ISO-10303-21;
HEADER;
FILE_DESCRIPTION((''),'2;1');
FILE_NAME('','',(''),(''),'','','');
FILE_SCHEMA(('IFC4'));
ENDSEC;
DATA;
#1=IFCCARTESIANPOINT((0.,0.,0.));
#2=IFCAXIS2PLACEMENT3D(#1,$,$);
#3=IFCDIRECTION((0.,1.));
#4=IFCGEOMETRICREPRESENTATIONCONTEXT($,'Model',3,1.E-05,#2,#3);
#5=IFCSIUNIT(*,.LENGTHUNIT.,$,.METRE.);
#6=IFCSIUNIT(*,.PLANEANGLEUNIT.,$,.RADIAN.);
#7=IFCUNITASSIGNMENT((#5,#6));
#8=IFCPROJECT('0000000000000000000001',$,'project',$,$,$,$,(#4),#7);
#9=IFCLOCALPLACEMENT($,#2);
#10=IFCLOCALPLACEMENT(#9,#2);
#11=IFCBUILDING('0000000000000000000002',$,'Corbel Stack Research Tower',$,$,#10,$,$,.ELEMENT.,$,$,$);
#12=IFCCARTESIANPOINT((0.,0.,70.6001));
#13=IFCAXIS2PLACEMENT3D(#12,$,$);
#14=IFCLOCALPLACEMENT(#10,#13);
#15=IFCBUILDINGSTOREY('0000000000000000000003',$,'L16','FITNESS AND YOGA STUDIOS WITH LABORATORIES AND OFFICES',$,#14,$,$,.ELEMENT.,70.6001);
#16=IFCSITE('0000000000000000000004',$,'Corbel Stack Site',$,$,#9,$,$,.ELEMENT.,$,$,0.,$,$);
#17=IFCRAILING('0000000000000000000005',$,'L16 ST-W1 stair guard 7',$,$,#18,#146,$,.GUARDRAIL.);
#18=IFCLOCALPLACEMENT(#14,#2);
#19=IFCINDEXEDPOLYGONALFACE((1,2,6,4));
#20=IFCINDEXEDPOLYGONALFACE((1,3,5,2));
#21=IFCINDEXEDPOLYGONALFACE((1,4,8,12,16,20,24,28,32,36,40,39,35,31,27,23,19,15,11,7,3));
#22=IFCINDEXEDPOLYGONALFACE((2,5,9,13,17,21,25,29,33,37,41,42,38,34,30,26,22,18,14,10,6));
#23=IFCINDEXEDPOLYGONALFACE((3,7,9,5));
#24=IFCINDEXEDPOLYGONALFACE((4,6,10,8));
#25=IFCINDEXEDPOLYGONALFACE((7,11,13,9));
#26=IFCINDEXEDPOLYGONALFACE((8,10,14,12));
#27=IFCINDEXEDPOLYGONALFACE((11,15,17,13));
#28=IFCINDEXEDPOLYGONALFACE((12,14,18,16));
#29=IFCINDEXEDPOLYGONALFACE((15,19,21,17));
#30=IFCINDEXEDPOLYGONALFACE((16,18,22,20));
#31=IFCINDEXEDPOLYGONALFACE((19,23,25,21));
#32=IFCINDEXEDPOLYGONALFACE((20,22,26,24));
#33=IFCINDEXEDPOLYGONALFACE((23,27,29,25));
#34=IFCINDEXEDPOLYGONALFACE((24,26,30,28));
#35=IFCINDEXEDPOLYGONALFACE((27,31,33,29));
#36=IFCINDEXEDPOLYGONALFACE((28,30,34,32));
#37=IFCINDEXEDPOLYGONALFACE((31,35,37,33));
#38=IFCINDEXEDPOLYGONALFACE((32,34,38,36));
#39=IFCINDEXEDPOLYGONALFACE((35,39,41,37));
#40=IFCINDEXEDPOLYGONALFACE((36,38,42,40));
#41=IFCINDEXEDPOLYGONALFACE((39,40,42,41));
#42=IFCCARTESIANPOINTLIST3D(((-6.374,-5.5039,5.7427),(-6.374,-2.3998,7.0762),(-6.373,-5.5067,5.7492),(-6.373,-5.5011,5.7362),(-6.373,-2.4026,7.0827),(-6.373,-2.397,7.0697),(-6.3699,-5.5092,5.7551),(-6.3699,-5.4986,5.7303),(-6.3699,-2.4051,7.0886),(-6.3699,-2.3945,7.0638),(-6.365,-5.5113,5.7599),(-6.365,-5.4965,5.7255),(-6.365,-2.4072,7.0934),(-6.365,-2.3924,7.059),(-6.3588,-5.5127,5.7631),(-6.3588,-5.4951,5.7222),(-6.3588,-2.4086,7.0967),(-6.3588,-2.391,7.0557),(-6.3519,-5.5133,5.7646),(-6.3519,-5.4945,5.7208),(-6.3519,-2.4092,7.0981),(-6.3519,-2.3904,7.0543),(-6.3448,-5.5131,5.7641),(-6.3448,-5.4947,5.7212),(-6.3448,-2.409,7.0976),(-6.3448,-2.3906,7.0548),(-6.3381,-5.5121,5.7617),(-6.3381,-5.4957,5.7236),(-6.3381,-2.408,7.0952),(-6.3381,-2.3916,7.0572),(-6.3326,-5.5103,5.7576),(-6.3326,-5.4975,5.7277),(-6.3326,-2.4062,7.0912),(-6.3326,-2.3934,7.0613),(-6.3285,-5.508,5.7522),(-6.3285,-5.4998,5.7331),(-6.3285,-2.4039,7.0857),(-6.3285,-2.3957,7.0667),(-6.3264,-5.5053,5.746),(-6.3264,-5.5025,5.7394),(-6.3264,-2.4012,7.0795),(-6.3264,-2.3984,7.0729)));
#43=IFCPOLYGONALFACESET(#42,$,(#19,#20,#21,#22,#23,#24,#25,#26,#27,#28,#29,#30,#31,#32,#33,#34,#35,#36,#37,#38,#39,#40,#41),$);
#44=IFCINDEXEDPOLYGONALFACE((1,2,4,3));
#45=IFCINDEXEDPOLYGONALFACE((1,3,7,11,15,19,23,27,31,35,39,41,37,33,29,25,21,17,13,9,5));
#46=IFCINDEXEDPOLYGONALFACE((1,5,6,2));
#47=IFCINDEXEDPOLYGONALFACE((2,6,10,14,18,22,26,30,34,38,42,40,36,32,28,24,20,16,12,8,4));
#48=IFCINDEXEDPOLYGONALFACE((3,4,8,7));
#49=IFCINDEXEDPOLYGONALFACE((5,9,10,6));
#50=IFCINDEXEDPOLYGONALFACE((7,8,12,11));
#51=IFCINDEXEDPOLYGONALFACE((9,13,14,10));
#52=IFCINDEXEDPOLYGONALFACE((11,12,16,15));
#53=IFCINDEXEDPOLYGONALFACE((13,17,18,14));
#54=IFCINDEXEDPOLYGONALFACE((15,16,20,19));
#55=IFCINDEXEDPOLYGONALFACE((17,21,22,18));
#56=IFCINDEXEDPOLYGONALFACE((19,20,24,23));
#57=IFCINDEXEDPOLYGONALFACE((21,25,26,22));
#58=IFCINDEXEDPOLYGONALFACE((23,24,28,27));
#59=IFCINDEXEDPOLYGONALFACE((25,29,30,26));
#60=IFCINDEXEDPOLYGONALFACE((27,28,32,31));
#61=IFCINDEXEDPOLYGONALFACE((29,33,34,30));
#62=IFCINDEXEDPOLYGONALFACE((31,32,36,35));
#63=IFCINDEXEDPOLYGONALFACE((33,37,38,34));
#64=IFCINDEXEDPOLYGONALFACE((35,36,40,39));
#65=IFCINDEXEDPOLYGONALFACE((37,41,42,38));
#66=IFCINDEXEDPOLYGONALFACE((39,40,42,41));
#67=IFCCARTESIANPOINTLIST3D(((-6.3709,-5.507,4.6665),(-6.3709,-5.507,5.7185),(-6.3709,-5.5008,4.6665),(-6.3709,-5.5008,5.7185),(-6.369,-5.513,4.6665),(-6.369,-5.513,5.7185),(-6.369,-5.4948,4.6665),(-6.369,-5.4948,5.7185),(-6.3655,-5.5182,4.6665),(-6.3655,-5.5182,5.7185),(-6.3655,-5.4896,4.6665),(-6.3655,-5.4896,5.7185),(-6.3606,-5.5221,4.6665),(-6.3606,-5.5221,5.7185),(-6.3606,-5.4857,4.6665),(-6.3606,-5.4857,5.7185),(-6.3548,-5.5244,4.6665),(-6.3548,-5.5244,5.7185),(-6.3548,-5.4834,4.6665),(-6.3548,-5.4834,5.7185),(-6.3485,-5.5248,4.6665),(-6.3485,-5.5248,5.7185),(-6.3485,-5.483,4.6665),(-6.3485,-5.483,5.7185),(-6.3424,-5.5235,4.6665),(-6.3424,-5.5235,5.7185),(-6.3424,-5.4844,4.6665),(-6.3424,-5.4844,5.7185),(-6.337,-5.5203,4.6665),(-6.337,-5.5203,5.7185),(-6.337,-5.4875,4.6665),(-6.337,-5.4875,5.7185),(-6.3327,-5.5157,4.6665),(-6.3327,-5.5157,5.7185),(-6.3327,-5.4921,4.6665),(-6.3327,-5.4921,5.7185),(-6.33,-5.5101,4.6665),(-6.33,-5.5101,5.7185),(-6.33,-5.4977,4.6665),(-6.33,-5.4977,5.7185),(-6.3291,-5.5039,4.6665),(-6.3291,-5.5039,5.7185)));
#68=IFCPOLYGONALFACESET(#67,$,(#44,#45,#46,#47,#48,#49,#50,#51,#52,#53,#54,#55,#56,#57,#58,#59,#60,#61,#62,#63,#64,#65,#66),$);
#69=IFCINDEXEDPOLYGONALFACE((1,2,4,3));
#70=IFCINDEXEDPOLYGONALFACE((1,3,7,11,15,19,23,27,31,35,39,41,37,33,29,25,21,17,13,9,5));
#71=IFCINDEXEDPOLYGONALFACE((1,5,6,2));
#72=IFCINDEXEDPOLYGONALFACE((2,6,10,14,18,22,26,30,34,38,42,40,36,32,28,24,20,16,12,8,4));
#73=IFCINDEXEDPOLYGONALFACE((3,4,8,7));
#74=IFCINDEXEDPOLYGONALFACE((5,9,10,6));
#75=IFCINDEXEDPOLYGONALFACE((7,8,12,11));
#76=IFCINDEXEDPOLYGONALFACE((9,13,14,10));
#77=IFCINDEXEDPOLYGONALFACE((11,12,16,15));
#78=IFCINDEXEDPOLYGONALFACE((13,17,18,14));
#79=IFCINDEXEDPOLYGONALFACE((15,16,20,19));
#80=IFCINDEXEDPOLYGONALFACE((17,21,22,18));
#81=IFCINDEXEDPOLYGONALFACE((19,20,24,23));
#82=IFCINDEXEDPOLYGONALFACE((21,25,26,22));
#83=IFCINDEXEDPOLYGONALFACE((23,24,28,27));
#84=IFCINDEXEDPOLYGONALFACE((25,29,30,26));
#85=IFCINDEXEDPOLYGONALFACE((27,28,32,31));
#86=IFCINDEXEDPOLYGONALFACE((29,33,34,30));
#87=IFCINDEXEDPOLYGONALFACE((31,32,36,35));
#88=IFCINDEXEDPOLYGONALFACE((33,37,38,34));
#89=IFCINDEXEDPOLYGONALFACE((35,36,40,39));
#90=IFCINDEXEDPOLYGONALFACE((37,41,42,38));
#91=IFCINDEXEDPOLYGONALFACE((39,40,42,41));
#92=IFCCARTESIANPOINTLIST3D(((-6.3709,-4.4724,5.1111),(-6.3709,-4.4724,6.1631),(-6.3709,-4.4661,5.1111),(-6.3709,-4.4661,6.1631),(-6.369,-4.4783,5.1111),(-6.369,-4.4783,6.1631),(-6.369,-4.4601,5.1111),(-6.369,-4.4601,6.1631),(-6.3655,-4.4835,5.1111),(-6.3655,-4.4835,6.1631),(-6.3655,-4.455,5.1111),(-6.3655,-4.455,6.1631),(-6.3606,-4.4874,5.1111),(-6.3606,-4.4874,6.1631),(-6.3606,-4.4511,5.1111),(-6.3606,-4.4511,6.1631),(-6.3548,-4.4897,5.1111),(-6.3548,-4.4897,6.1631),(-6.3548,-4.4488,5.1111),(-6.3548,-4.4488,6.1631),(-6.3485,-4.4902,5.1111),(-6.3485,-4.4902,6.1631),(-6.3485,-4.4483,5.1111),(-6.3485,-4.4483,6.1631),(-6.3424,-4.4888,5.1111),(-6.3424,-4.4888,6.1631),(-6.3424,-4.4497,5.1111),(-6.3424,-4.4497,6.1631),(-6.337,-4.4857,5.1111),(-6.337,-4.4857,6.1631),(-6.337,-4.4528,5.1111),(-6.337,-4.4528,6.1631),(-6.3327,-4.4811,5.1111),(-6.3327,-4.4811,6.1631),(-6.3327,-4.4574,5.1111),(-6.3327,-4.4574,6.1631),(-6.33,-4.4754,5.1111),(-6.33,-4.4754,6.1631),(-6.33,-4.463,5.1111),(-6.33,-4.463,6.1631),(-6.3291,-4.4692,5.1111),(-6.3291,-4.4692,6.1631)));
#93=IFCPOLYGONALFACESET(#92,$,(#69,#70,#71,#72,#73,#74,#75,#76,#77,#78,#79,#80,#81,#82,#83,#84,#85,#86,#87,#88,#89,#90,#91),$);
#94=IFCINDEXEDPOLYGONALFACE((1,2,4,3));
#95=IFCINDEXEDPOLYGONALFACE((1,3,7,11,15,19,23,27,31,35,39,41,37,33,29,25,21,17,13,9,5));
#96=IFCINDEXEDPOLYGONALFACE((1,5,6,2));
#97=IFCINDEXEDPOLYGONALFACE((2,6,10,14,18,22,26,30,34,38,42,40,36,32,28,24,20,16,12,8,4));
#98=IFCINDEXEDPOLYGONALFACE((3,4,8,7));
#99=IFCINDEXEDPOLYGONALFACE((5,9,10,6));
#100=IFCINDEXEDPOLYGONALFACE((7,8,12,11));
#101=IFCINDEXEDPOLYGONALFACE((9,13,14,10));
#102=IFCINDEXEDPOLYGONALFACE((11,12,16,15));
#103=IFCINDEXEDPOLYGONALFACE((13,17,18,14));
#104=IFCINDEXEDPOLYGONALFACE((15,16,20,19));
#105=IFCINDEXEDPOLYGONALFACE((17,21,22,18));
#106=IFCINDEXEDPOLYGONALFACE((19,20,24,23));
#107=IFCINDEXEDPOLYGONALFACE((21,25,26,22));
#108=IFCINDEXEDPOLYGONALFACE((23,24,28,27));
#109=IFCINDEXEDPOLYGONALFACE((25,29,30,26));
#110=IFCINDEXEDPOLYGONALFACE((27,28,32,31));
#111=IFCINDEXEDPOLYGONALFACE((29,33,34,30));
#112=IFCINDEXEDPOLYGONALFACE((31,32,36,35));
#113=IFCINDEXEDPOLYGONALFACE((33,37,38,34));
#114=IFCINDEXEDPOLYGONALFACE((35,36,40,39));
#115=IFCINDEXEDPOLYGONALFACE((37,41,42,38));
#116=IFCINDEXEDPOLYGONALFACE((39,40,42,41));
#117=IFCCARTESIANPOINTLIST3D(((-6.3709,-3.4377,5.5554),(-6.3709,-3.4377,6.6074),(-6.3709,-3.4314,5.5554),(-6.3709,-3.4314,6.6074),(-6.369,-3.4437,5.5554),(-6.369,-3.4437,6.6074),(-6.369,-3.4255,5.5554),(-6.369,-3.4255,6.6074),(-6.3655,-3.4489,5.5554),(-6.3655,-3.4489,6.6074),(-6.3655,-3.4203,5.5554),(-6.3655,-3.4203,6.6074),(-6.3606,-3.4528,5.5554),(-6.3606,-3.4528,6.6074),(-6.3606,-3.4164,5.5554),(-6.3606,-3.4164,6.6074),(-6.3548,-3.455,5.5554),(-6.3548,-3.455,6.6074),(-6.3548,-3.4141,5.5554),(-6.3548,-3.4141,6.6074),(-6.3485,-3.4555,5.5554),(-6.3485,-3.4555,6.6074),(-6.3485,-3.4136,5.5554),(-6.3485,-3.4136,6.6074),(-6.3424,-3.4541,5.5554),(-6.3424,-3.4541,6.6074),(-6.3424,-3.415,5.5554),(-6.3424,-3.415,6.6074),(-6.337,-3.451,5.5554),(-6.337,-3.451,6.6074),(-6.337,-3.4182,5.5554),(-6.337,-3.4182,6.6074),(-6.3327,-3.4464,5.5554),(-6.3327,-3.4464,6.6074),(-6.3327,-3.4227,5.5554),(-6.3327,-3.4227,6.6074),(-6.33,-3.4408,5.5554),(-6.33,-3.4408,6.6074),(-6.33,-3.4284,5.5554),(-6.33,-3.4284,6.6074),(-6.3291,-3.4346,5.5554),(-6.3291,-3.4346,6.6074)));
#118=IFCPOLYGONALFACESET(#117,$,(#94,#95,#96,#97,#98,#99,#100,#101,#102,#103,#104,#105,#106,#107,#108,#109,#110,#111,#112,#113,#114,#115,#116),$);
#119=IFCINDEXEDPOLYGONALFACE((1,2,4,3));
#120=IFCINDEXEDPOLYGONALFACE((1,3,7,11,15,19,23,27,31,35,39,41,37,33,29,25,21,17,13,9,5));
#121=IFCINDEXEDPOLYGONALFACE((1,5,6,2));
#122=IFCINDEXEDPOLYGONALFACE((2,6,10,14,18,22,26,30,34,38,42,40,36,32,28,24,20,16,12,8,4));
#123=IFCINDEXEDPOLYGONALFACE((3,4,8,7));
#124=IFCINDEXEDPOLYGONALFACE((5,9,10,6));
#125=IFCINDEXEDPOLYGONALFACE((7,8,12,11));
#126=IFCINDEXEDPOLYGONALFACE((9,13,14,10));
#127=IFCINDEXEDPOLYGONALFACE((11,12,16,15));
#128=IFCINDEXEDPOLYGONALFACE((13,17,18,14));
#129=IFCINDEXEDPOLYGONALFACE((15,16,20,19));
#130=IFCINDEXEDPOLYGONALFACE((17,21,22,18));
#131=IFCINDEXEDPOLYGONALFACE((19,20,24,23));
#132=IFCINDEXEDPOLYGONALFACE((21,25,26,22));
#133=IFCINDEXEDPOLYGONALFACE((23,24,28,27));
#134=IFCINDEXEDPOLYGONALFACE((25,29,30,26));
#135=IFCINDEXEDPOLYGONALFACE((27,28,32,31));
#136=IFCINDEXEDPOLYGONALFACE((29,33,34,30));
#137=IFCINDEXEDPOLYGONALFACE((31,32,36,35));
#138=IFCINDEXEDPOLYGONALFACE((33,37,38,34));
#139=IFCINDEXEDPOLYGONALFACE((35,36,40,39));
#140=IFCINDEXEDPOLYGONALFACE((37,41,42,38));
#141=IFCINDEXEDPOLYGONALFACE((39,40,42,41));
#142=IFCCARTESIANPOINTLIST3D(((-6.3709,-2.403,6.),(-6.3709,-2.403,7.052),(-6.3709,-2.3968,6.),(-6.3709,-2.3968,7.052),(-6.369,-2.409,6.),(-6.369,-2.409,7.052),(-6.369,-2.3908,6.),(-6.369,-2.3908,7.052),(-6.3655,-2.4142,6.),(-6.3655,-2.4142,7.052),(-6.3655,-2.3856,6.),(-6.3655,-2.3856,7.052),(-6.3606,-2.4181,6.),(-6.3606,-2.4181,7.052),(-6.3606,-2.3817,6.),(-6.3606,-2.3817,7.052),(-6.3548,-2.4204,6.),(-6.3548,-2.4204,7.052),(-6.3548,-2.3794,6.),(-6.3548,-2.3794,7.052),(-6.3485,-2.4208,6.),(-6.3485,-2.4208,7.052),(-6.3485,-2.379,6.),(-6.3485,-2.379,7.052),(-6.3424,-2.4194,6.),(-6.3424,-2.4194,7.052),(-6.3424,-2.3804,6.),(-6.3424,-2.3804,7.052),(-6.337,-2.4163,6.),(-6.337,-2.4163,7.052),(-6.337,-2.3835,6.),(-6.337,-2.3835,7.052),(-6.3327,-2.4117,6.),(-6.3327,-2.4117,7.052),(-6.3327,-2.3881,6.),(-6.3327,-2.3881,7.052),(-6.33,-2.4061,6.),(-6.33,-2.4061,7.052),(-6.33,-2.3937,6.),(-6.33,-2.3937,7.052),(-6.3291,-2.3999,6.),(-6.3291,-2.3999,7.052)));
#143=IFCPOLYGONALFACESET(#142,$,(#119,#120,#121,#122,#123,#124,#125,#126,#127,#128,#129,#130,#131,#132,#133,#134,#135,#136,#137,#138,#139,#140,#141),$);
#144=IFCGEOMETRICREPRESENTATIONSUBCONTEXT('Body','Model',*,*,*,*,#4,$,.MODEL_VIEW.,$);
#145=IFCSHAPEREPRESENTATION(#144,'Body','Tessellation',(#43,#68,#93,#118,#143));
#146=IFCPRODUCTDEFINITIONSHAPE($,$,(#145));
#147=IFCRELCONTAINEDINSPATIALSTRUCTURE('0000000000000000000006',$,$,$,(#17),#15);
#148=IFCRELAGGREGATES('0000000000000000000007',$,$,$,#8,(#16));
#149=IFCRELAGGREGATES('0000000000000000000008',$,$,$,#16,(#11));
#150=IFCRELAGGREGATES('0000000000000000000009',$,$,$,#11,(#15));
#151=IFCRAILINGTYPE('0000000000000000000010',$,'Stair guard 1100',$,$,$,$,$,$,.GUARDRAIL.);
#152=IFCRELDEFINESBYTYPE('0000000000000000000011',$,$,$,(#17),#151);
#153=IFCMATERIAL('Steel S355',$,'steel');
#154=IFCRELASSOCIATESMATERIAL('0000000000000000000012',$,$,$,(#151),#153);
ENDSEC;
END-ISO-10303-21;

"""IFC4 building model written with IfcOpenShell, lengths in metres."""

from ifc_helpers import new_model, si_unit, direction, frame, origin, origin_2d, place, context, subcontext, project, spatial, circle, extrude, material, type_object, element, save


model = new_model("IFC4")

# Units and contexts
model_context = context("Model", 3, precision=1e-05, world=origin(), true_north=direction((0.0, 1.0)))
body_context = subcontext(model_context, "Body", "Model", "MODEL_VIEW")
ifc_project = project(units=[si_unit("LENGTHUNIT", "METRE"), si_unit("PLANEANGLEUNIT", "RADIAN")], contexts=[model_context])

# Site, building, storey
site_placement = place(None, origin())
site = spatial("IfcSite", under=ifc_project, at=site_placement, Name="Corbel Stack Site", CompositionType="ELEMENT", RefElevation=0.0)
building_placement = place(site_placement, origin())
building = spatial("IfcBuilding", under=site, at=building_placement, Name="Corbel Stack Research Tower", CompositionType="ELEMENT")
storey_placement = place(building_placement, frame((0.0, 0.0, 70.6001)))
storey = spatial("IfcBuildingStorey", under=building, at=storey_placement, Name="L16", Description="FITNESS AND YOGA STUDIOS WITH LABORATORIES AND OFFICES", CompositionType="ELEMENT", Elevation=70.6001)

# Railing
ifc_material_1 = material(Name="Steel S355", Category="steel")
railing_type_1 = type_object("IfcRailingType", Name="Stair guard 1100", PredefinedType="GUARDRAIL", material=ifc_material_1)
railing_1_placement = place(storey_placement, frame((-6.3501, -5.5039, 4.6665)))
element("IfcRailing", 1, at=railing_1_placement, inside=storey, type_object=railing_type_1, Name="L16 ST-W1 stair guard 7", PredefinedType="GUARDRAIL", context=body_context, shape_type="SweptSolid", body=[
    extrude(circle(Radius=0.0239, at=origin_2d()), frame((0.0, 0.0, 1.0762), z_axis=(0.0, 0.918801, 0.394722), x_axis=(-1.0, 0.0, 0.0)), (0.0, 0.0, 1.0), 3.3784),
    extrude(circle(Radius=0.021, at=origin_2d()), origin(), (0.0, 0.0, 1.0), 1.052),
    extrude(circle(Radius=0.021, at=origin_2d()), frame((0.0, 1.0347, 0.4446)), (0.0, 0.0, 1.0), 1.052),
    extrude(circle(Radius=0.021, at=origin_2d()), frame((0.0, 2.0693, 0.8889)), (0.0, 0.0, 1.0), 1.052),
    extrude(circle(Radius=0.021, at=origin_2d()), frame((0.0, 3.104, 1.3335)), (0.0, 0.0, 1.0), 1.052),
])

save(model, "model.ifc")
